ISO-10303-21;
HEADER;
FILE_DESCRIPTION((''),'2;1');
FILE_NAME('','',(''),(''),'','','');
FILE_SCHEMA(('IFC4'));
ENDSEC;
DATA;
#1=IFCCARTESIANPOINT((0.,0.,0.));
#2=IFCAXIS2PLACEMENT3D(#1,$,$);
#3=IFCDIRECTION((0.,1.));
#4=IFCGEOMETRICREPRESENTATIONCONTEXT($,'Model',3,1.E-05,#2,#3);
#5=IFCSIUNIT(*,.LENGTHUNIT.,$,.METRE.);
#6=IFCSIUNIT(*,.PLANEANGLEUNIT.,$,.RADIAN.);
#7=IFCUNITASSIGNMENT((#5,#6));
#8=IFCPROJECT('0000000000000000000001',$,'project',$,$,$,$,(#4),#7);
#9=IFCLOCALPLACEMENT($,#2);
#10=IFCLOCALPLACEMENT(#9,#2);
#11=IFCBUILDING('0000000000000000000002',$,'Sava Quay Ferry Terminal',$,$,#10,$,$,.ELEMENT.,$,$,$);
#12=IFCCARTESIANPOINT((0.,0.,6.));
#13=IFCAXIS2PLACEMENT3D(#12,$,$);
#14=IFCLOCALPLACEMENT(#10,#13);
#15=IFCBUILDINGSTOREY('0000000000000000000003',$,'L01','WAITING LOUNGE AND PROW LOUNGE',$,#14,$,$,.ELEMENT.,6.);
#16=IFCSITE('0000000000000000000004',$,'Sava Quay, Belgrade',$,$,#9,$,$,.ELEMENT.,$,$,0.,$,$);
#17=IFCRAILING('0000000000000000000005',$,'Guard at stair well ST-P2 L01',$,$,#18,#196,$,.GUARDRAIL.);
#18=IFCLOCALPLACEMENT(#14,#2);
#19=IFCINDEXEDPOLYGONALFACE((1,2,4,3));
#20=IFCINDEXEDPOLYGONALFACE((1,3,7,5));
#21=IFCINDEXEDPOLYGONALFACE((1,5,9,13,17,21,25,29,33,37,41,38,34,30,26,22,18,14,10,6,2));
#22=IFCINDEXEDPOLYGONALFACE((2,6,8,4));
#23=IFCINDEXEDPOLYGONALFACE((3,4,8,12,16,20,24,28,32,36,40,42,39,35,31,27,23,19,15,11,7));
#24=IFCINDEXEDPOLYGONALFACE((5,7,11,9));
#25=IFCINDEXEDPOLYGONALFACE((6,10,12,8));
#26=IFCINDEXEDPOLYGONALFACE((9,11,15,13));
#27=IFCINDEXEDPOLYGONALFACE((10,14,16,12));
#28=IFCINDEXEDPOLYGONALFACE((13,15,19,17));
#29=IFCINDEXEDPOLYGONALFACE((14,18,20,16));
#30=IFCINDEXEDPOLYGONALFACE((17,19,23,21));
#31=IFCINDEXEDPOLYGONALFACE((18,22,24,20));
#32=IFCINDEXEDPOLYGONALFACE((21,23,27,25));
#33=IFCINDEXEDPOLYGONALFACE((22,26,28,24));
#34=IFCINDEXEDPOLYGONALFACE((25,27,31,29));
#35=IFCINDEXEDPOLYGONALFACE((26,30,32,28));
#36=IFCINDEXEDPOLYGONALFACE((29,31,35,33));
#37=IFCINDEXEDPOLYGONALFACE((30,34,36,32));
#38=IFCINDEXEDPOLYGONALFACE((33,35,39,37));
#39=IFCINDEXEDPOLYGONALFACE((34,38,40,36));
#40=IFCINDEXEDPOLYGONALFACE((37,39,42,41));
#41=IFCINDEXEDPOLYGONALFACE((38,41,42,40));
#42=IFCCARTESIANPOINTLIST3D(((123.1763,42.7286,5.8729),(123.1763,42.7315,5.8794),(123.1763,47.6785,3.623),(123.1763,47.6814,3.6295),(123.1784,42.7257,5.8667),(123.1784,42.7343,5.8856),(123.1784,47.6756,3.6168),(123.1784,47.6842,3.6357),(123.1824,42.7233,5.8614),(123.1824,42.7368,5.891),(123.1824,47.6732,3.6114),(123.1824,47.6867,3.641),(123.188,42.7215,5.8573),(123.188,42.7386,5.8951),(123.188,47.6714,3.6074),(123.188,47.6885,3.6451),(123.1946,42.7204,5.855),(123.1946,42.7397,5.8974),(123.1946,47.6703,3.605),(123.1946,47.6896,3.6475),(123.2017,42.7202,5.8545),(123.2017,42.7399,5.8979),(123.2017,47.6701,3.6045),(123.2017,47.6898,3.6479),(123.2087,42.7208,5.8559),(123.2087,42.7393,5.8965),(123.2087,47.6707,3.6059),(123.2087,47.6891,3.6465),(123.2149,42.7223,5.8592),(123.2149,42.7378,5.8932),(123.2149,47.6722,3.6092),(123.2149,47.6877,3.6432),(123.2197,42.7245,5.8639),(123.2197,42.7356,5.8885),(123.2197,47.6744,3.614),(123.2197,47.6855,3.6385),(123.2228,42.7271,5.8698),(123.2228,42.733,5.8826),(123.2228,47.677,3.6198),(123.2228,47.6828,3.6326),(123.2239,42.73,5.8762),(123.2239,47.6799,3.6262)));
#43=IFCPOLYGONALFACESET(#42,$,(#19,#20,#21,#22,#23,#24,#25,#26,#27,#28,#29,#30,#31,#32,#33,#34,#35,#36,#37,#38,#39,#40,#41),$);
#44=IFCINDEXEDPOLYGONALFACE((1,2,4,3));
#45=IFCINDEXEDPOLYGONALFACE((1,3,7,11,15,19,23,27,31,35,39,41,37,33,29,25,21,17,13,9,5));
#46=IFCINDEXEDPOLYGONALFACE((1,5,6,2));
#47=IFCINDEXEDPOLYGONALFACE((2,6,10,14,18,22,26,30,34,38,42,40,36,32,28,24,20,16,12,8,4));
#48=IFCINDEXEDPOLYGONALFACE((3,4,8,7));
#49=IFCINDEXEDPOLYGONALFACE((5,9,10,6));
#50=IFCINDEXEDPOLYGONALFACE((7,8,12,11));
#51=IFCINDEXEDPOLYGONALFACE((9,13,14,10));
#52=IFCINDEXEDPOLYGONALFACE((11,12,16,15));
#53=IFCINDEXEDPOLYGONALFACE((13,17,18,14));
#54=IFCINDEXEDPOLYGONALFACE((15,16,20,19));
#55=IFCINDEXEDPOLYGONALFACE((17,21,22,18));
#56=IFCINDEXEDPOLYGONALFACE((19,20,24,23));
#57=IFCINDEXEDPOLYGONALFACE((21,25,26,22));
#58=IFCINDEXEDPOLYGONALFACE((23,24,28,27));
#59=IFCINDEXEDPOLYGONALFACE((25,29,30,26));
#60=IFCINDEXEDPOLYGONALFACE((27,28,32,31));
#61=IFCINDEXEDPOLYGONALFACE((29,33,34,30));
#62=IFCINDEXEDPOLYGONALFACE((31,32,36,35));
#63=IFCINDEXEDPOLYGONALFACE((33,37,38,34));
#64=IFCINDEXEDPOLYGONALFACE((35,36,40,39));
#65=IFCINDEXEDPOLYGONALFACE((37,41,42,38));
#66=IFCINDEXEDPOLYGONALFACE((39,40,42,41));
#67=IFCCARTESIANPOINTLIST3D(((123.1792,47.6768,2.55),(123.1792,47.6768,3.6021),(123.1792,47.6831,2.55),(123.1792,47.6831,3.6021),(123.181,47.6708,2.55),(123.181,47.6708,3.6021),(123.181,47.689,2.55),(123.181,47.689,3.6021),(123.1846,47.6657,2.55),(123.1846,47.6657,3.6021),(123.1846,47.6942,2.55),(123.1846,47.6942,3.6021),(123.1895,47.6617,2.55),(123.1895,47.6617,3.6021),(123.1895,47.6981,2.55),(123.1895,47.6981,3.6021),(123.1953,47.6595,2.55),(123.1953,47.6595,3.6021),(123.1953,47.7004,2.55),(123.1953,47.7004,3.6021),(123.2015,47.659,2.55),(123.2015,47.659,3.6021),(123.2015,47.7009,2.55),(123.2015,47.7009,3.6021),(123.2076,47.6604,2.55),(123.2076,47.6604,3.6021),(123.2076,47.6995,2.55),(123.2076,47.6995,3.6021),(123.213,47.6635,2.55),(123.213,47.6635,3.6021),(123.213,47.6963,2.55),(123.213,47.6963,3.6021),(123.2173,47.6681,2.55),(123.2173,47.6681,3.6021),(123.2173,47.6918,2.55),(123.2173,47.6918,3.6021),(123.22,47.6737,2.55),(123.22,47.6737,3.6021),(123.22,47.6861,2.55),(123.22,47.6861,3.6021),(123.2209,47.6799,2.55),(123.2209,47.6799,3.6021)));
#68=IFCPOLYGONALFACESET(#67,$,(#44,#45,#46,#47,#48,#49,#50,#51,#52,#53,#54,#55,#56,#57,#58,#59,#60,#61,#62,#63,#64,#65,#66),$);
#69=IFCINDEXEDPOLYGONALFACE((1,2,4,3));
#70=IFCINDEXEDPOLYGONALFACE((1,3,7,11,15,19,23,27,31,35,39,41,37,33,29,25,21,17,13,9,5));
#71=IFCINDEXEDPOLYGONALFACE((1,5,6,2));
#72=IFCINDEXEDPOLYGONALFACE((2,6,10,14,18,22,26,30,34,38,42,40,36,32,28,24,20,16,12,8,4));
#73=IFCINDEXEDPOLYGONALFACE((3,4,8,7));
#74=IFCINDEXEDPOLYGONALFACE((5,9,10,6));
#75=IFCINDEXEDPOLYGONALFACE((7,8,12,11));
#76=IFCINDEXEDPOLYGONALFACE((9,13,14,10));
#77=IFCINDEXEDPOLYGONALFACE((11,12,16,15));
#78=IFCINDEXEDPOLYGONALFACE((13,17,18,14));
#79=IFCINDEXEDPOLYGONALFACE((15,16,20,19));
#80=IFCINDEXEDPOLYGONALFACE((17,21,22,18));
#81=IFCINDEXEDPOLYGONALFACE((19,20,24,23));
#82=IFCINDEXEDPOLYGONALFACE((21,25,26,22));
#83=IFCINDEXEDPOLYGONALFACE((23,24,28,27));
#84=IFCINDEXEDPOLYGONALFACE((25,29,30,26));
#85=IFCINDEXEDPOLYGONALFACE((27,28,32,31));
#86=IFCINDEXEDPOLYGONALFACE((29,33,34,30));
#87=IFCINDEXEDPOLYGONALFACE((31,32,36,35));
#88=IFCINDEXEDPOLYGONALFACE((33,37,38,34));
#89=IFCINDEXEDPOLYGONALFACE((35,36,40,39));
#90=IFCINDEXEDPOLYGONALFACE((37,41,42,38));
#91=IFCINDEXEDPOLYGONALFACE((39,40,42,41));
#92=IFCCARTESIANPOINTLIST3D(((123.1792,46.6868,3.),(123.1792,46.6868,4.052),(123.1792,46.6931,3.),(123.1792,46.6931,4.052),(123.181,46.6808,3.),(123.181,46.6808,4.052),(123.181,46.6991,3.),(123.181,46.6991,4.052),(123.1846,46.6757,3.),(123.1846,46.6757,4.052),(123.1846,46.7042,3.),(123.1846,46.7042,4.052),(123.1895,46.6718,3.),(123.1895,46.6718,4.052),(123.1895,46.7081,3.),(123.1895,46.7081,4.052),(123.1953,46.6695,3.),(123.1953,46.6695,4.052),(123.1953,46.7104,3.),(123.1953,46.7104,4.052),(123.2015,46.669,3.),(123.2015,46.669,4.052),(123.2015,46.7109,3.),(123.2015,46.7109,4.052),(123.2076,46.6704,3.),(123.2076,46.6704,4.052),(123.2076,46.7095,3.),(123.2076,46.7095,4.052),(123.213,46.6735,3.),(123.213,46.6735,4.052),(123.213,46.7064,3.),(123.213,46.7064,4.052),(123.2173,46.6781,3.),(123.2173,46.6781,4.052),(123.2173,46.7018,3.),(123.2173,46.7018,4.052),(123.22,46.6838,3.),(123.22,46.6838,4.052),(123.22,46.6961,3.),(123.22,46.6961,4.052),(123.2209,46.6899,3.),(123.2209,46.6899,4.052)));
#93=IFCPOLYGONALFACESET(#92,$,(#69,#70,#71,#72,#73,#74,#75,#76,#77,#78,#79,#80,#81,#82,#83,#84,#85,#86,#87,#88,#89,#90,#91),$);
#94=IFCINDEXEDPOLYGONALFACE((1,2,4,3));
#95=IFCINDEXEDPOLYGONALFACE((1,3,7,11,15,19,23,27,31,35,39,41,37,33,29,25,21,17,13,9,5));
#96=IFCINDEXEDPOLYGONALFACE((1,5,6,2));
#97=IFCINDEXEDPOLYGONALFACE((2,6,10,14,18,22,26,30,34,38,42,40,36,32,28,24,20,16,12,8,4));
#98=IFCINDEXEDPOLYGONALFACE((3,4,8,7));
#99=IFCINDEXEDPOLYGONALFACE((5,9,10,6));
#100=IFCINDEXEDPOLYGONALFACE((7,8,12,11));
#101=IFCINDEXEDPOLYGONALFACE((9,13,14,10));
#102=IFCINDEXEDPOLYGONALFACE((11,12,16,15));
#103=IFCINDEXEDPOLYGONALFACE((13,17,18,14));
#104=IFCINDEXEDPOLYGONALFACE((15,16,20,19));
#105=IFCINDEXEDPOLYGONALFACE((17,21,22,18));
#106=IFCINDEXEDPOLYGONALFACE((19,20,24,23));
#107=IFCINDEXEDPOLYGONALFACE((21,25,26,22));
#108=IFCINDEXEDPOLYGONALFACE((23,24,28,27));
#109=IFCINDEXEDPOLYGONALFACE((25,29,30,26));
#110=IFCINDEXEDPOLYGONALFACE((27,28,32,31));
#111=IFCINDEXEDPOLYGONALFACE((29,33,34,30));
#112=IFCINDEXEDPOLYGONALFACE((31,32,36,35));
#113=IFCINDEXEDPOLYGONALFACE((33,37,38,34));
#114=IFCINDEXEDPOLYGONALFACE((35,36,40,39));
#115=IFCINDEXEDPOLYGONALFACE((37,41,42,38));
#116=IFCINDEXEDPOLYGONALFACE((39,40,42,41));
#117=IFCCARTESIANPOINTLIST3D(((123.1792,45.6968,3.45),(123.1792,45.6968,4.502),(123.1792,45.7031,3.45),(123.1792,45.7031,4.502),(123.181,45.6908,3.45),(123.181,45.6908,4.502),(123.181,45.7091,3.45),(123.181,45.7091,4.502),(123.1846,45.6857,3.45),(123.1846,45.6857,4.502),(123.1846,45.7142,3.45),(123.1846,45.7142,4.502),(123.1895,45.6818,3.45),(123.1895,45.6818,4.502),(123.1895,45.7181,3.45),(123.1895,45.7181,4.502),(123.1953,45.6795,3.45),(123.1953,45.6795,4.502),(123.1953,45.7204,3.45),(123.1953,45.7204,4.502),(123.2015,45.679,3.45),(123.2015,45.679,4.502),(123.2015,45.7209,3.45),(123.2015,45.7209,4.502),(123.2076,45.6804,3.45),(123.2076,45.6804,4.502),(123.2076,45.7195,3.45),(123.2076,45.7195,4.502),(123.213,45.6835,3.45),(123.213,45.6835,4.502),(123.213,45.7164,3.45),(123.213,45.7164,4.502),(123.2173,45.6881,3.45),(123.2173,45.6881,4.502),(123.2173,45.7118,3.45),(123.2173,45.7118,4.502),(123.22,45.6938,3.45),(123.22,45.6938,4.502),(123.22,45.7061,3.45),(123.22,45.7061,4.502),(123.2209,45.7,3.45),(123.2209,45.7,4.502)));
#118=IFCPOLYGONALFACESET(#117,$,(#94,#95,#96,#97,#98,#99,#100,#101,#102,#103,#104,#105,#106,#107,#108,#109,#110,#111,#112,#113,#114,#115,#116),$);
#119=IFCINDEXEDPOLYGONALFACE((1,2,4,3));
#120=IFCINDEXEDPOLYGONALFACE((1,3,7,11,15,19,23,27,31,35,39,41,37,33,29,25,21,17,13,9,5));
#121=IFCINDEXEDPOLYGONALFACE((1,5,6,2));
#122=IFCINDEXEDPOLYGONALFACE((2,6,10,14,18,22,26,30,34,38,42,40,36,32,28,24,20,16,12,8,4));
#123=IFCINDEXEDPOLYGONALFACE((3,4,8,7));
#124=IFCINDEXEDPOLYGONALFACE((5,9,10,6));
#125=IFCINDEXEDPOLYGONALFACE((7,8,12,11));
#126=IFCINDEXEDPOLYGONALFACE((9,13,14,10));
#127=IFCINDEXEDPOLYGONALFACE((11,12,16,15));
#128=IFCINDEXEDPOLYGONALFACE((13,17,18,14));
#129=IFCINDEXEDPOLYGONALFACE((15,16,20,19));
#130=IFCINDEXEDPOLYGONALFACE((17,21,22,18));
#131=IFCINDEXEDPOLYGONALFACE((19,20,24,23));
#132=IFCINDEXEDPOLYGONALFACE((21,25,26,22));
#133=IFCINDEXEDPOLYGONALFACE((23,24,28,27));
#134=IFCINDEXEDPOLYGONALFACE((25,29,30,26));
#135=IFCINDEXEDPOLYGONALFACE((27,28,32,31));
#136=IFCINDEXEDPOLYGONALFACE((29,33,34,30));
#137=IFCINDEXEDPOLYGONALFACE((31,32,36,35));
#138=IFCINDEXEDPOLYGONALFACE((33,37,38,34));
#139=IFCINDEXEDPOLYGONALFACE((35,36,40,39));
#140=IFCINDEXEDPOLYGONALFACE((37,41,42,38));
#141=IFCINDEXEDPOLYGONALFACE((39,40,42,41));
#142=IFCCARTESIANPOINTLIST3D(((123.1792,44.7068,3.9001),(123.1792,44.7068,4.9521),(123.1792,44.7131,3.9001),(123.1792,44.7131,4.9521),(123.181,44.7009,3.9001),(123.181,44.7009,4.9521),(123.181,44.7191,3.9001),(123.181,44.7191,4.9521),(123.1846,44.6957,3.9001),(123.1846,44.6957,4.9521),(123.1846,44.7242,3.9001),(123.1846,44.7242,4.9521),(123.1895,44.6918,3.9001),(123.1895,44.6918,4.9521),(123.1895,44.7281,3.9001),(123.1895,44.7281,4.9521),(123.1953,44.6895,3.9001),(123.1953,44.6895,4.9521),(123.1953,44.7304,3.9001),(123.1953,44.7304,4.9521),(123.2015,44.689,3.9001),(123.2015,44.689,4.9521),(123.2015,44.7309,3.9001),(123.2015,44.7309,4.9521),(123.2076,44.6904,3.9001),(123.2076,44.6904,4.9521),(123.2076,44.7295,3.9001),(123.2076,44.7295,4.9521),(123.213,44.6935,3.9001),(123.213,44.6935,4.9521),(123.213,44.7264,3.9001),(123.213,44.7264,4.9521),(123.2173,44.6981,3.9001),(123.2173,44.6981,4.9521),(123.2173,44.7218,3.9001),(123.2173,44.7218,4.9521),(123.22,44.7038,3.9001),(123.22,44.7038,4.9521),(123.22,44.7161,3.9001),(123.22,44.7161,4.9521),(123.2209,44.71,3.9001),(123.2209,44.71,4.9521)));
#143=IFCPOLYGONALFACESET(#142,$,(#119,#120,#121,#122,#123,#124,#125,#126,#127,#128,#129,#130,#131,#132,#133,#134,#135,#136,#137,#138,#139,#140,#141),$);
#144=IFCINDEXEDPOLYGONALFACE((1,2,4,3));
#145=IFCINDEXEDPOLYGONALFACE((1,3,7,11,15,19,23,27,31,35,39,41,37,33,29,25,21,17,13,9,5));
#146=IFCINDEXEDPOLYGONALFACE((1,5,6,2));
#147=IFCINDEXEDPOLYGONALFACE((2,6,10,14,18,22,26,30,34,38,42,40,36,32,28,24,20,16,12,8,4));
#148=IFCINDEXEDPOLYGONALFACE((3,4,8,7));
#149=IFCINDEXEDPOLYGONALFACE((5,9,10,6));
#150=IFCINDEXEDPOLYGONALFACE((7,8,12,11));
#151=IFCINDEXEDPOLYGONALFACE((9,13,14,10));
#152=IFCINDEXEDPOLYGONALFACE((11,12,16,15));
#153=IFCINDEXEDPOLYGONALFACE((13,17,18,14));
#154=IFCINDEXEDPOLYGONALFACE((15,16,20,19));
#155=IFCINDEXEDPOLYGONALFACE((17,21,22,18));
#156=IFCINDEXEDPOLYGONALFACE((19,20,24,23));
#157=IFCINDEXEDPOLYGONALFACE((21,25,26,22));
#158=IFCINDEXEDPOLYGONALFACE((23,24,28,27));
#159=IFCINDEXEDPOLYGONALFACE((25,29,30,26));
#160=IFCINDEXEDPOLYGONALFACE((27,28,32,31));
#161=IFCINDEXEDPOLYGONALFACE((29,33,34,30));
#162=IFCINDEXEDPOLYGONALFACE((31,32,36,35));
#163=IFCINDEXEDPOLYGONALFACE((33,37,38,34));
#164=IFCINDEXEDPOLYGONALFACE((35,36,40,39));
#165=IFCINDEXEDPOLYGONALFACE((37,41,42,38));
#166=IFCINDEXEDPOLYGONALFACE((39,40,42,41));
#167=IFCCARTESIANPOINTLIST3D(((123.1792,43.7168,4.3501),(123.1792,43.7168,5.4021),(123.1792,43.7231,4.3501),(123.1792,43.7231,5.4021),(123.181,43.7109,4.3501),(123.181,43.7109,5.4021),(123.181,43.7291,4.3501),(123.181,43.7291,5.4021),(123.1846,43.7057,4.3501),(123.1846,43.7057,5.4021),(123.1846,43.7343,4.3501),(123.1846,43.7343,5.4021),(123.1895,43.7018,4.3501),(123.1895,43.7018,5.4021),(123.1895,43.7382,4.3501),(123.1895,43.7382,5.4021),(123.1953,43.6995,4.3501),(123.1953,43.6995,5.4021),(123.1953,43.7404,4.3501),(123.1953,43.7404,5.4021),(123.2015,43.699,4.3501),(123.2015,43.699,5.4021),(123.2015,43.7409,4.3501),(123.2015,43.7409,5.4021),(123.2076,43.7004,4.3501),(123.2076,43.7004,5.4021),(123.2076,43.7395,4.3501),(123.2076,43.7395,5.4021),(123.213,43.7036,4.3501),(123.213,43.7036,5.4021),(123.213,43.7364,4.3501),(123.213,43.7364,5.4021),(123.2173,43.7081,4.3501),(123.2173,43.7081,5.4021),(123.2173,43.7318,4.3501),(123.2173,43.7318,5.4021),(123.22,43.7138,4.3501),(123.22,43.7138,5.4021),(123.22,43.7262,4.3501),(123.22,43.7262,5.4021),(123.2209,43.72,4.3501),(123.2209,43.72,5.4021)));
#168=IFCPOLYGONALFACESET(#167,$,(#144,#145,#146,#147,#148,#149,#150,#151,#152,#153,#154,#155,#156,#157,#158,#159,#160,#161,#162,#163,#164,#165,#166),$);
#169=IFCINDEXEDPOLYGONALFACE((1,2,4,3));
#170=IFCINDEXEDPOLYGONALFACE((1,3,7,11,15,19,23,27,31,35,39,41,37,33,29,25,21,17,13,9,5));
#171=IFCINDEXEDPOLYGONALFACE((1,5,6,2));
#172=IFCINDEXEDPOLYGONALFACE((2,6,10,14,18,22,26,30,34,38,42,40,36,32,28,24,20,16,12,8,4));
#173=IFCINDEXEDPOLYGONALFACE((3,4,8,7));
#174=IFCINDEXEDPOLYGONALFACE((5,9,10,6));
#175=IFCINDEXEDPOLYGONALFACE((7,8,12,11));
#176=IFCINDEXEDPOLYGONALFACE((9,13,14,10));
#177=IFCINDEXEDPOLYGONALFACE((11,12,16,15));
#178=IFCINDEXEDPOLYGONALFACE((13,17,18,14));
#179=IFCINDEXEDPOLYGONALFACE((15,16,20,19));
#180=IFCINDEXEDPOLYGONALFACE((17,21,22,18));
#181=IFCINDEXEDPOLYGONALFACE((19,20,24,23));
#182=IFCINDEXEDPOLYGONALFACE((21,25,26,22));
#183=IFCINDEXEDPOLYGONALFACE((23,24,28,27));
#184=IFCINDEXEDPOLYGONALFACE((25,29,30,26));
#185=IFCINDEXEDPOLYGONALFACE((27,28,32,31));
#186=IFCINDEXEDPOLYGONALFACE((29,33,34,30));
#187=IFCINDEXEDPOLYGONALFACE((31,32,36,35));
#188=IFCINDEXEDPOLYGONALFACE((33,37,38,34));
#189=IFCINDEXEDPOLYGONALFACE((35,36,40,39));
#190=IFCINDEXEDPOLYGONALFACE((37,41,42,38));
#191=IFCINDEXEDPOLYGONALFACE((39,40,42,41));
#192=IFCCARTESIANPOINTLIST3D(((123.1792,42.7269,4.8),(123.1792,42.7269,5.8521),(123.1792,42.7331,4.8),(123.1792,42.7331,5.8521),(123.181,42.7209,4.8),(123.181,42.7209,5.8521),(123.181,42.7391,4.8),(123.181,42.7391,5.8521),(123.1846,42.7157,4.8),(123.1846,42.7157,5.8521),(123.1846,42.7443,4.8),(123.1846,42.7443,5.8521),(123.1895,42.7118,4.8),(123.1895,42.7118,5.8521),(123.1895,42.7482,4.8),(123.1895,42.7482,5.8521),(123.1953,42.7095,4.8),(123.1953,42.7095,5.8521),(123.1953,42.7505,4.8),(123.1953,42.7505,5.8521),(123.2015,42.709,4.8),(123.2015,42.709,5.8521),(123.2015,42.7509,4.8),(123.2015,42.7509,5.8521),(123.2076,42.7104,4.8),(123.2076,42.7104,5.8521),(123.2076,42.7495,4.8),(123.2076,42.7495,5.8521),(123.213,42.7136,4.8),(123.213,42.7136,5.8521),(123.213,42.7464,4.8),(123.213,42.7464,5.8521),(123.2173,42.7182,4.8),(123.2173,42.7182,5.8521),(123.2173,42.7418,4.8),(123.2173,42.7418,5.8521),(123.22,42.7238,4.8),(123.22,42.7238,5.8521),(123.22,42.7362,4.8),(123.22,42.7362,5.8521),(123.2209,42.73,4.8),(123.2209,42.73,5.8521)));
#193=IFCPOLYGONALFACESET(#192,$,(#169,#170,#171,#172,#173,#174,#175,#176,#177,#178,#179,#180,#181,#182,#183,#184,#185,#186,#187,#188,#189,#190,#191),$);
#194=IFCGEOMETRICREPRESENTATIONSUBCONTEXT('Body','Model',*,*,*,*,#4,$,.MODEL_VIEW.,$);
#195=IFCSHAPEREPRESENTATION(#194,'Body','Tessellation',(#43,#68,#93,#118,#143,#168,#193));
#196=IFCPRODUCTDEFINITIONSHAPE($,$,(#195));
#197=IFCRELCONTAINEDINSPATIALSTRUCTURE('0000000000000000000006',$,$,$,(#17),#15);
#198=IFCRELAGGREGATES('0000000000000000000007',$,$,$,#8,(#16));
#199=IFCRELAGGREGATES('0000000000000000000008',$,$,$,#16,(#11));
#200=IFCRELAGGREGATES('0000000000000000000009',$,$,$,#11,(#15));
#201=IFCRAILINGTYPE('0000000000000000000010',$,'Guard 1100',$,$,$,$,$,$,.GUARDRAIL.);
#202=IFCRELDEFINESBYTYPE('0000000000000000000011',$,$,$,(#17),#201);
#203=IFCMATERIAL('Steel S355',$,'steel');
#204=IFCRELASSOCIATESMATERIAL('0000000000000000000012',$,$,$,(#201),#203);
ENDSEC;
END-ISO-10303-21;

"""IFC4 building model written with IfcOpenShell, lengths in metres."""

from ifc_helpers import new_model, si_unit, direction, frame, origin, origin_2d, place, context, subcontext, project, spatial, circle, extrude, material, type_object, element, save


model = new_model("IFC4")

# Units and contexts
model_context = context("Model", 3, precision=1e-05, world=origin(), true_north=direction((0.0, 1.0)))
body_context = subcontext(model_context, "Body", "Model", "MODEL_VIEW")
ifc_project = project(units=[si_unit("LENGTHUNIT", "METRE"), si_unit("PLANEANGLEUNIT", "RADIAN")], contexts=[model_context])

# Site, building, storey
site_placement = place(None, origin())
site = spatial("IfcSite", under=ifc_project, at=site_placement, Name="Sava Quay, Belgrade", CompositionType="ELEMENT", RefElevation=0.0)
building_placement = place(site_placement, origin())
building = spatial("IfcBuilding", under=site, at=building_placement, Name="Sava Quay Ferry Terminal", CompositionType="ELEMENT")
storey_placement = place(building_placement, frame((0.0, 0.0, 6.0)))
storey = spatial("IfcBuildingStorey", under=building, at=storey_placement, Name="L01", Description="WAITING LOUNGE AND PROW LOUNGE", CompositionType="ELEMENT", Elevation=6.0)

# Railing
ifc_material_1 = material(Name="Steel S355", Category="steel")
railing_type_1 = type_object("IfcRailingType", Name="Guard 1100", PredefinedType="GUARDRAIL", material=ifc_material_1)
railing_1_placement = place(storey_placement, frame((123.2, 47.6799, 2.55)))
element("IfcRailing", 1, at=railing_1_placement, inside=storey, type_object=railing_type_1, Name="Guard at stair well ST-P2 L01", PredefinedType="GUARDRAIL", context=body_context, shape_type="SweptSolid", body=[
    extrude(circle(Radius=0.0239, at=origin_2d()), frame((0.0, 0.0, 1.0762), z_axis=(0.0, -0.910365, 0.413806), x_axis=(1.0, 0.0, 0.0)), (0.0, 0.0, 1.0), 5.4373),
    extrude(circle(Radius=0.021, at=origin_2d()), origin(), (0.0, 0.0, 1.0), 1.052),
    extrude(circle(Radius=0.021, at=origin_2d()), frame((0.0, -0.99, 0.45)), (0.0, 0.0, 1.0), 1.052),
    extrude(circle(Radius=0.021, at=origin_2d()), frame((0.0, -1.98, 0.8999)), (0.0, 0.0, 1.0), 1.052),
    extrude(circle(Radius=0.021, at=origin_2d()), frame((0.0, -2.97, 1.3501)), (0.0, 0.0, 1.0), 1.052),
    extrude(circle(Radius=0.021, at=origin_2d()), frame((0.0, -3.96, 1.8)), (0.0, 0.0, 1.0), 1.052),
    extrude(circle(Radius=0.021, at=origin_2d()), frame((0.0, -4.95, 2.25)), (0.0, 0.0, 1.0), 1.052),
])

save(model, "model.ifc")
